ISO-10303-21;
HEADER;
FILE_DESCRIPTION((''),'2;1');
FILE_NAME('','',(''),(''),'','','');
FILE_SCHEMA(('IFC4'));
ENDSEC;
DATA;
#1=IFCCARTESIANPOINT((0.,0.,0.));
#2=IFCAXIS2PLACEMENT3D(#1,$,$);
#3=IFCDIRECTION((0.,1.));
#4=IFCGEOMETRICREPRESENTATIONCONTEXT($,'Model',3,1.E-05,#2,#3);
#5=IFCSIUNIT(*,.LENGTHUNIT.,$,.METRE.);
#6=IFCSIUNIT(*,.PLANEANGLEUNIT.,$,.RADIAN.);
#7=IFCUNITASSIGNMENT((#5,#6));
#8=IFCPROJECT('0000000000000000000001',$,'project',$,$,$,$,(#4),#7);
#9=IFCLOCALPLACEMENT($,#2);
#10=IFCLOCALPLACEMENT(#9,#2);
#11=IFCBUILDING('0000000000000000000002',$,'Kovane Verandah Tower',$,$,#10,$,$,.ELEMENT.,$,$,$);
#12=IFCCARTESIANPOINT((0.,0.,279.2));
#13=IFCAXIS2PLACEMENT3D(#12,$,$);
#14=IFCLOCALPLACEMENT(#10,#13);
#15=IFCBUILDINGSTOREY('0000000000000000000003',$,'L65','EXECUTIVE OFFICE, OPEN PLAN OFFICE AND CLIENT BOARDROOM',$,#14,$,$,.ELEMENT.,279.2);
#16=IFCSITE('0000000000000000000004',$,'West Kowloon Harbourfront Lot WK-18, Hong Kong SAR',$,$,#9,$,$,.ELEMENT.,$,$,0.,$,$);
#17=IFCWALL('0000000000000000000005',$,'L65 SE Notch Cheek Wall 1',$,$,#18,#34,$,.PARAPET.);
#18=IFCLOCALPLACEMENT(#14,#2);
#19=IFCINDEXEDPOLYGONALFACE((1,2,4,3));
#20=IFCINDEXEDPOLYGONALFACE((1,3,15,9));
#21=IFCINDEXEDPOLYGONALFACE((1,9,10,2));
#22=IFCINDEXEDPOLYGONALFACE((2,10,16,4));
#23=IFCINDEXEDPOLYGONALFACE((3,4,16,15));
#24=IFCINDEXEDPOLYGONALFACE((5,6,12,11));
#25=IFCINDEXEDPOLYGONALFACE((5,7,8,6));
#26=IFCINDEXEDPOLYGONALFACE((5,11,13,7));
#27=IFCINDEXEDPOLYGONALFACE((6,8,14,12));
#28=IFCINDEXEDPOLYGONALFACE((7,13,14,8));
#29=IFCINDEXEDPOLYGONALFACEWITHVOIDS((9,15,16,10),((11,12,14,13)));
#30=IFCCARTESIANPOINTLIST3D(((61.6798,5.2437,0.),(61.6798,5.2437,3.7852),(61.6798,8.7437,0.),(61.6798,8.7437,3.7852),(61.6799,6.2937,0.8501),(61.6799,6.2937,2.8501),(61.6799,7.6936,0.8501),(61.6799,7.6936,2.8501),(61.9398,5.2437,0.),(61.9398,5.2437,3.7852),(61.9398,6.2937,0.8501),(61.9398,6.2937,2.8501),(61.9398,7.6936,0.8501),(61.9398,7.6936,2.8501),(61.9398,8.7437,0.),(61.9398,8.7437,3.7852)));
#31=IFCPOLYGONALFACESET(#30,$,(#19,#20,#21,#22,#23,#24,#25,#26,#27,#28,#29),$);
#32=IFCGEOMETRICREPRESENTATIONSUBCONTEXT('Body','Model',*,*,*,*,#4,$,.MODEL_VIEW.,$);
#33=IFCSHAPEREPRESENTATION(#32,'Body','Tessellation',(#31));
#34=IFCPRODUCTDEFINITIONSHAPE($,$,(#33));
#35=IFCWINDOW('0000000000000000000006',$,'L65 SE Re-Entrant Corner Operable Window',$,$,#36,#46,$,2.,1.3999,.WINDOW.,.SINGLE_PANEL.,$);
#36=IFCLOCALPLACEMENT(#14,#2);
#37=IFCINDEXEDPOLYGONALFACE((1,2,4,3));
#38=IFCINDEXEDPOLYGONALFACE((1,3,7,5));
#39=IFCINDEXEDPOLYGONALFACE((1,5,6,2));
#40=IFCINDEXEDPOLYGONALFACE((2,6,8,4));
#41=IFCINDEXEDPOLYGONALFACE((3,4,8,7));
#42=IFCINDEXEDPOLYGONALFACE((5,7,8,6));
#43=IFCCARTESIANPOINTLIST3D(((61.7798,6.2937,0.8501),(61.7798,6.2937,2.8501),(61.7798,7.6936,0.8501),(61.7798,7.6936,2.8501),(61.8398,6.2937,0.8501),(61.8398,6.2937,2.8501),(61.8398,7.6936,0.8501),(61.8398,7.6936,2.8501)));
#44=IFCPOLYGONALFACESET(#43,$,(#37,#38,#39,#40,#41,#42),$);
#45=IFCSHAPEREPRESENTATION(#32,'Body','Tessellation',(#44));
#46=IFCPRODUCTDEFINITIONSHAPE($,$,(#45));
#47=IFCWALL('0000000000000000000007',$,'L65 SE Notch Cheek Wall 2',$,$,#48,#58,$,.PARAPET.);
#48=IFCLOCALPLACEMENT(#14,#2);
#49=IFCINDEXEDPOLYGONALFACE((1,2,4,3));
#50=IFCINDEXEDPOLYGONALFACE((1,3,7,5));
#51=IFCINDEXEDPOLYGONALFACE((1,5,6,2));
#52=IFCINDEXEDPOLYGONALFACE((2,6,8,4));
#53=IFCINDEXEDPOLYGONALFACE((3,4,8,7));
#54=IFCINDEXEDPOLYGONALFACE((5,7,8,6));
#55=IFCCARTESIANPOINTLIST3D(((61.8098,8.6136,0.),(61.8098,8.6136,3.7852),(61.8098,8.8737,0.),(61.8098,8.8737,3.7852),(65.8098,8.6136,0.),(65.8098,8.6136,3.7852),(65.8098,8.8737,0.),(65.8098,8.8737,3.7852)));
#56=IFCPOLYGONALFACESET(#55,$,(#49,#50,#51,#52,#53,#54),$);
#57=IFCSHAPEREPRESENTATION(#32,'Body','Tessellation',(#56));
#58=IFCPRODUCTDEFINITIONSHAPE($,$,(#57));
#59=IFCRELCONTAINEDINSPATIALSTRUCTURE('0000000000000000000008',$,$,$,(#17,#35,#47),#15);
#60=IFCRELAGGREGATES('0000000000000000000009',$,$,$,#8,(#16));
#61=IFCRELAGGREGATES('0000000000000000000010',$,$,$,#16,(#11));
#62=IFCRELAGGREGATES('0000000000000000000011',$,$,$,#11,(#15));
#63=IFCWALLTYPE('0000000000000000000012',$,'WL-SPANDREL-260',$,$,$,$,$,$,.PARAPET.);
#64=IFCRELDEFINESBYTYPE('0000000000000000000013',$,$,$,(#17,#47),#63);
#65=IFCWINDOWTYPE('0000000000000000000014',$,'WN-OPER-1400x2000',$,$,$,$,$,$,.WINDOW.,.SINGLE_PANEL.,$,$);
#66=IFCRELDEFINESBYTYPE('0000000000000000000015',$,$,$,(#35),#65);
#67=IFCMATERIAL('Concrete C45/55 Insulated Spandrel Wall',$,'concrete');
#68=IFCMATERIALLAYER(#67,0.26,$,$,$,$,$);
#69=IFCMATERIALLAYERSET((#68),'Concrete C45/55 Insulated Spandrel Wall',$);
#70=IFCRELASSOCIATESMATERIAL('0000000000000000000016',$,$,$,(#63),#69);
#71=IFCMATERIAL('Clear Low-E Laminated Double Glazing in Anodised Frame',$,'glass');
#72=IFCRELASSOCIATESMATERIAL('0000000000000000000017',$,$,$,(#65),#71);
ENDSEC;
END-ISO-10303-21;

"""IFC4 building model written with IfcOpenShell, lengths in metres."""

from ifc_helpers import new_model, si_unit, direction, frame, frame_2d, origin, place, context, subcontext, project, spatial, rectangle, extrude, material, layer, layer_set, type_object, element, fill, save


model = new_model("IFC4")

# Units and contexts
model_context = context("Model", 3, precision=1e-05, world=origin(), true_north=direction((0.0, 1.0)))
body_context = subcontext(model_context, "Body", "Model", "MODEL_VIEW")
ifc_project = project(units=[si_unit("LENGTHUNIT", "METRE"), si_unit("PLANEANGLEUNIT", "RADIAN")], contexts=[model_context])

# Site, building, storey
site_placement = place(None, origin())
site = spatial("IfcSite", under=ifc_project, at=site_placement, Name="West Kowloon Harbourfront Lot WK-18, Hong Kong SAR", CompositionType="ELEMENT", RefElevation=0.0)
building_placement = place(site_placement, origin())
building = spatial("IfcBuilding", under=site, at=building_placement, Name="Kovane Verandah Tower", CompositionType="ELEMENT")
storey_placement = place(building_placement, frame((0.0, 0.0, 279.2)))
storey = spatial("IfcBuildingStorey", under=building, at=storey_placement, Name="L65", Description="EXECUTIVE OFFICE, OPEN PLAN OFFICE AND CLIENT BOARDROOM", CompositionType="ELEMENT", Elevation=279.2)

# Shared definitions
ifc_material_1 = material(Name="Concrete C45/55 Insulated Spandrel Wall", Category="concrete")
ifc_layer_1 = layer(ifc_material_1, 0.26)
ifc_layer_set_1 = layer_set([ifc_layer_1], Name="Concrete C45/55 Insulated Spandrel Wall")
wall_type_1 = type_object("IfcWallType", Name="WL-SPANDREL-260", PredefinedType="PARAPET", material=ifc_layer_set_1)
ifc_material_2 = material(Name="Clear Low-E Laminated Double Glazing in Anodised Frame", Category="glass")

# Wall, opening, window
wall_1_placement = place(storey_placement, frame((61.8098, 5.2437, 0.0), z_axis=(0.0, 0.0, 1.0), x_axis=(0.0, 1.0, 0.0)))
wall_1 = element("IfcWall", 1, at=wall_1_placement, inside=storey, type_object=wall_type_1, Name="L65 SE Notch Cheek Wall 1", PredefinedType="PARAPET", context=body_context, shape_type="SweptSolid", body=[
    extrude(rectangle(XDim=3.5, YDim=0.26, at=frame_2d((1.75, 0.0))), origin(), (0.0, 0.0, 1.0), 3.7852),
])
opening_1_placement = place(wall_1_placement, frame((1.05, 0.0, 0.8501)))
opening_1 = element("IfcOpeningElement", 2, at=opening_1_placement, cuts=wall_1, PredefinedType="OPENING", context=body_context, shape_type="SweptSolid", body=[
    extrude(rectangle(XDim=1.3999, YDim=2.0, at=frame_2d((0.7, 1.0))), frame((0.0, 0.1299, 0.0), z_axis=(0.0, -1.0, 0.0), x_axis=(1.0, 0.0, 0.0)), (0.0, 0.0, 1.0), 0.26),
])
window_type_1 = type_object("IfcWindowType", Name="WN-OPER-1400x2000", PartitioningType="SINGLE_PANEL", PredefinedType="WINDOW", material=ifc_material_2)
window_1_placement = place(opening_1_placement, origin())
window_1 = element("IfcWindow", 3, at=window_1_placement, inside=storey, type_object=window_type_1, Name="L65 SE Re-Entrant Corner Operable Window", OverallHeight=2.0, OverallWidth=1.3999, PartitioningType="SINGLE_PANEL", PredefinedType="WINDOW", context=body_context, shape_type="SweptSolid", body=[
    extrude(rectangle(XDim=1.3999, YDim=2.0, at=frame_2d((0.7, 1.0))), frame((0.0, 0.03, 0.0), z_axis=(0.0, -1.0, 0.0), x_axis=(1.0, 0.0, 0.0)), (0.0, 0.0, 1.0), 0.0601),
])
fill(opening_1, window_1)

# Wall
wall_2_placement = place(storey_placement, frame((61.8098, 8.7437, 0.0), z_axis=(0.0, 0.0, 1.0), x_axis=(1.0, 0.0, 0.0)))
element("IfcWall", 4, at=wall_2_placement, inside=storey, type_object=wall_type_1, Name="L65 SE Notch Cheek Wall 2", PredefinedType="PARAPET", context=body_context, shape_type="SweptSolid", body=[
    extrude(rectangle(XDim=4.0, YDim=0.26, at=frame_2d((2.0, 0.0))), origin(), (0.0, 0.0, 1.0), 3.7852),
])

save(model, "model.ifc")
